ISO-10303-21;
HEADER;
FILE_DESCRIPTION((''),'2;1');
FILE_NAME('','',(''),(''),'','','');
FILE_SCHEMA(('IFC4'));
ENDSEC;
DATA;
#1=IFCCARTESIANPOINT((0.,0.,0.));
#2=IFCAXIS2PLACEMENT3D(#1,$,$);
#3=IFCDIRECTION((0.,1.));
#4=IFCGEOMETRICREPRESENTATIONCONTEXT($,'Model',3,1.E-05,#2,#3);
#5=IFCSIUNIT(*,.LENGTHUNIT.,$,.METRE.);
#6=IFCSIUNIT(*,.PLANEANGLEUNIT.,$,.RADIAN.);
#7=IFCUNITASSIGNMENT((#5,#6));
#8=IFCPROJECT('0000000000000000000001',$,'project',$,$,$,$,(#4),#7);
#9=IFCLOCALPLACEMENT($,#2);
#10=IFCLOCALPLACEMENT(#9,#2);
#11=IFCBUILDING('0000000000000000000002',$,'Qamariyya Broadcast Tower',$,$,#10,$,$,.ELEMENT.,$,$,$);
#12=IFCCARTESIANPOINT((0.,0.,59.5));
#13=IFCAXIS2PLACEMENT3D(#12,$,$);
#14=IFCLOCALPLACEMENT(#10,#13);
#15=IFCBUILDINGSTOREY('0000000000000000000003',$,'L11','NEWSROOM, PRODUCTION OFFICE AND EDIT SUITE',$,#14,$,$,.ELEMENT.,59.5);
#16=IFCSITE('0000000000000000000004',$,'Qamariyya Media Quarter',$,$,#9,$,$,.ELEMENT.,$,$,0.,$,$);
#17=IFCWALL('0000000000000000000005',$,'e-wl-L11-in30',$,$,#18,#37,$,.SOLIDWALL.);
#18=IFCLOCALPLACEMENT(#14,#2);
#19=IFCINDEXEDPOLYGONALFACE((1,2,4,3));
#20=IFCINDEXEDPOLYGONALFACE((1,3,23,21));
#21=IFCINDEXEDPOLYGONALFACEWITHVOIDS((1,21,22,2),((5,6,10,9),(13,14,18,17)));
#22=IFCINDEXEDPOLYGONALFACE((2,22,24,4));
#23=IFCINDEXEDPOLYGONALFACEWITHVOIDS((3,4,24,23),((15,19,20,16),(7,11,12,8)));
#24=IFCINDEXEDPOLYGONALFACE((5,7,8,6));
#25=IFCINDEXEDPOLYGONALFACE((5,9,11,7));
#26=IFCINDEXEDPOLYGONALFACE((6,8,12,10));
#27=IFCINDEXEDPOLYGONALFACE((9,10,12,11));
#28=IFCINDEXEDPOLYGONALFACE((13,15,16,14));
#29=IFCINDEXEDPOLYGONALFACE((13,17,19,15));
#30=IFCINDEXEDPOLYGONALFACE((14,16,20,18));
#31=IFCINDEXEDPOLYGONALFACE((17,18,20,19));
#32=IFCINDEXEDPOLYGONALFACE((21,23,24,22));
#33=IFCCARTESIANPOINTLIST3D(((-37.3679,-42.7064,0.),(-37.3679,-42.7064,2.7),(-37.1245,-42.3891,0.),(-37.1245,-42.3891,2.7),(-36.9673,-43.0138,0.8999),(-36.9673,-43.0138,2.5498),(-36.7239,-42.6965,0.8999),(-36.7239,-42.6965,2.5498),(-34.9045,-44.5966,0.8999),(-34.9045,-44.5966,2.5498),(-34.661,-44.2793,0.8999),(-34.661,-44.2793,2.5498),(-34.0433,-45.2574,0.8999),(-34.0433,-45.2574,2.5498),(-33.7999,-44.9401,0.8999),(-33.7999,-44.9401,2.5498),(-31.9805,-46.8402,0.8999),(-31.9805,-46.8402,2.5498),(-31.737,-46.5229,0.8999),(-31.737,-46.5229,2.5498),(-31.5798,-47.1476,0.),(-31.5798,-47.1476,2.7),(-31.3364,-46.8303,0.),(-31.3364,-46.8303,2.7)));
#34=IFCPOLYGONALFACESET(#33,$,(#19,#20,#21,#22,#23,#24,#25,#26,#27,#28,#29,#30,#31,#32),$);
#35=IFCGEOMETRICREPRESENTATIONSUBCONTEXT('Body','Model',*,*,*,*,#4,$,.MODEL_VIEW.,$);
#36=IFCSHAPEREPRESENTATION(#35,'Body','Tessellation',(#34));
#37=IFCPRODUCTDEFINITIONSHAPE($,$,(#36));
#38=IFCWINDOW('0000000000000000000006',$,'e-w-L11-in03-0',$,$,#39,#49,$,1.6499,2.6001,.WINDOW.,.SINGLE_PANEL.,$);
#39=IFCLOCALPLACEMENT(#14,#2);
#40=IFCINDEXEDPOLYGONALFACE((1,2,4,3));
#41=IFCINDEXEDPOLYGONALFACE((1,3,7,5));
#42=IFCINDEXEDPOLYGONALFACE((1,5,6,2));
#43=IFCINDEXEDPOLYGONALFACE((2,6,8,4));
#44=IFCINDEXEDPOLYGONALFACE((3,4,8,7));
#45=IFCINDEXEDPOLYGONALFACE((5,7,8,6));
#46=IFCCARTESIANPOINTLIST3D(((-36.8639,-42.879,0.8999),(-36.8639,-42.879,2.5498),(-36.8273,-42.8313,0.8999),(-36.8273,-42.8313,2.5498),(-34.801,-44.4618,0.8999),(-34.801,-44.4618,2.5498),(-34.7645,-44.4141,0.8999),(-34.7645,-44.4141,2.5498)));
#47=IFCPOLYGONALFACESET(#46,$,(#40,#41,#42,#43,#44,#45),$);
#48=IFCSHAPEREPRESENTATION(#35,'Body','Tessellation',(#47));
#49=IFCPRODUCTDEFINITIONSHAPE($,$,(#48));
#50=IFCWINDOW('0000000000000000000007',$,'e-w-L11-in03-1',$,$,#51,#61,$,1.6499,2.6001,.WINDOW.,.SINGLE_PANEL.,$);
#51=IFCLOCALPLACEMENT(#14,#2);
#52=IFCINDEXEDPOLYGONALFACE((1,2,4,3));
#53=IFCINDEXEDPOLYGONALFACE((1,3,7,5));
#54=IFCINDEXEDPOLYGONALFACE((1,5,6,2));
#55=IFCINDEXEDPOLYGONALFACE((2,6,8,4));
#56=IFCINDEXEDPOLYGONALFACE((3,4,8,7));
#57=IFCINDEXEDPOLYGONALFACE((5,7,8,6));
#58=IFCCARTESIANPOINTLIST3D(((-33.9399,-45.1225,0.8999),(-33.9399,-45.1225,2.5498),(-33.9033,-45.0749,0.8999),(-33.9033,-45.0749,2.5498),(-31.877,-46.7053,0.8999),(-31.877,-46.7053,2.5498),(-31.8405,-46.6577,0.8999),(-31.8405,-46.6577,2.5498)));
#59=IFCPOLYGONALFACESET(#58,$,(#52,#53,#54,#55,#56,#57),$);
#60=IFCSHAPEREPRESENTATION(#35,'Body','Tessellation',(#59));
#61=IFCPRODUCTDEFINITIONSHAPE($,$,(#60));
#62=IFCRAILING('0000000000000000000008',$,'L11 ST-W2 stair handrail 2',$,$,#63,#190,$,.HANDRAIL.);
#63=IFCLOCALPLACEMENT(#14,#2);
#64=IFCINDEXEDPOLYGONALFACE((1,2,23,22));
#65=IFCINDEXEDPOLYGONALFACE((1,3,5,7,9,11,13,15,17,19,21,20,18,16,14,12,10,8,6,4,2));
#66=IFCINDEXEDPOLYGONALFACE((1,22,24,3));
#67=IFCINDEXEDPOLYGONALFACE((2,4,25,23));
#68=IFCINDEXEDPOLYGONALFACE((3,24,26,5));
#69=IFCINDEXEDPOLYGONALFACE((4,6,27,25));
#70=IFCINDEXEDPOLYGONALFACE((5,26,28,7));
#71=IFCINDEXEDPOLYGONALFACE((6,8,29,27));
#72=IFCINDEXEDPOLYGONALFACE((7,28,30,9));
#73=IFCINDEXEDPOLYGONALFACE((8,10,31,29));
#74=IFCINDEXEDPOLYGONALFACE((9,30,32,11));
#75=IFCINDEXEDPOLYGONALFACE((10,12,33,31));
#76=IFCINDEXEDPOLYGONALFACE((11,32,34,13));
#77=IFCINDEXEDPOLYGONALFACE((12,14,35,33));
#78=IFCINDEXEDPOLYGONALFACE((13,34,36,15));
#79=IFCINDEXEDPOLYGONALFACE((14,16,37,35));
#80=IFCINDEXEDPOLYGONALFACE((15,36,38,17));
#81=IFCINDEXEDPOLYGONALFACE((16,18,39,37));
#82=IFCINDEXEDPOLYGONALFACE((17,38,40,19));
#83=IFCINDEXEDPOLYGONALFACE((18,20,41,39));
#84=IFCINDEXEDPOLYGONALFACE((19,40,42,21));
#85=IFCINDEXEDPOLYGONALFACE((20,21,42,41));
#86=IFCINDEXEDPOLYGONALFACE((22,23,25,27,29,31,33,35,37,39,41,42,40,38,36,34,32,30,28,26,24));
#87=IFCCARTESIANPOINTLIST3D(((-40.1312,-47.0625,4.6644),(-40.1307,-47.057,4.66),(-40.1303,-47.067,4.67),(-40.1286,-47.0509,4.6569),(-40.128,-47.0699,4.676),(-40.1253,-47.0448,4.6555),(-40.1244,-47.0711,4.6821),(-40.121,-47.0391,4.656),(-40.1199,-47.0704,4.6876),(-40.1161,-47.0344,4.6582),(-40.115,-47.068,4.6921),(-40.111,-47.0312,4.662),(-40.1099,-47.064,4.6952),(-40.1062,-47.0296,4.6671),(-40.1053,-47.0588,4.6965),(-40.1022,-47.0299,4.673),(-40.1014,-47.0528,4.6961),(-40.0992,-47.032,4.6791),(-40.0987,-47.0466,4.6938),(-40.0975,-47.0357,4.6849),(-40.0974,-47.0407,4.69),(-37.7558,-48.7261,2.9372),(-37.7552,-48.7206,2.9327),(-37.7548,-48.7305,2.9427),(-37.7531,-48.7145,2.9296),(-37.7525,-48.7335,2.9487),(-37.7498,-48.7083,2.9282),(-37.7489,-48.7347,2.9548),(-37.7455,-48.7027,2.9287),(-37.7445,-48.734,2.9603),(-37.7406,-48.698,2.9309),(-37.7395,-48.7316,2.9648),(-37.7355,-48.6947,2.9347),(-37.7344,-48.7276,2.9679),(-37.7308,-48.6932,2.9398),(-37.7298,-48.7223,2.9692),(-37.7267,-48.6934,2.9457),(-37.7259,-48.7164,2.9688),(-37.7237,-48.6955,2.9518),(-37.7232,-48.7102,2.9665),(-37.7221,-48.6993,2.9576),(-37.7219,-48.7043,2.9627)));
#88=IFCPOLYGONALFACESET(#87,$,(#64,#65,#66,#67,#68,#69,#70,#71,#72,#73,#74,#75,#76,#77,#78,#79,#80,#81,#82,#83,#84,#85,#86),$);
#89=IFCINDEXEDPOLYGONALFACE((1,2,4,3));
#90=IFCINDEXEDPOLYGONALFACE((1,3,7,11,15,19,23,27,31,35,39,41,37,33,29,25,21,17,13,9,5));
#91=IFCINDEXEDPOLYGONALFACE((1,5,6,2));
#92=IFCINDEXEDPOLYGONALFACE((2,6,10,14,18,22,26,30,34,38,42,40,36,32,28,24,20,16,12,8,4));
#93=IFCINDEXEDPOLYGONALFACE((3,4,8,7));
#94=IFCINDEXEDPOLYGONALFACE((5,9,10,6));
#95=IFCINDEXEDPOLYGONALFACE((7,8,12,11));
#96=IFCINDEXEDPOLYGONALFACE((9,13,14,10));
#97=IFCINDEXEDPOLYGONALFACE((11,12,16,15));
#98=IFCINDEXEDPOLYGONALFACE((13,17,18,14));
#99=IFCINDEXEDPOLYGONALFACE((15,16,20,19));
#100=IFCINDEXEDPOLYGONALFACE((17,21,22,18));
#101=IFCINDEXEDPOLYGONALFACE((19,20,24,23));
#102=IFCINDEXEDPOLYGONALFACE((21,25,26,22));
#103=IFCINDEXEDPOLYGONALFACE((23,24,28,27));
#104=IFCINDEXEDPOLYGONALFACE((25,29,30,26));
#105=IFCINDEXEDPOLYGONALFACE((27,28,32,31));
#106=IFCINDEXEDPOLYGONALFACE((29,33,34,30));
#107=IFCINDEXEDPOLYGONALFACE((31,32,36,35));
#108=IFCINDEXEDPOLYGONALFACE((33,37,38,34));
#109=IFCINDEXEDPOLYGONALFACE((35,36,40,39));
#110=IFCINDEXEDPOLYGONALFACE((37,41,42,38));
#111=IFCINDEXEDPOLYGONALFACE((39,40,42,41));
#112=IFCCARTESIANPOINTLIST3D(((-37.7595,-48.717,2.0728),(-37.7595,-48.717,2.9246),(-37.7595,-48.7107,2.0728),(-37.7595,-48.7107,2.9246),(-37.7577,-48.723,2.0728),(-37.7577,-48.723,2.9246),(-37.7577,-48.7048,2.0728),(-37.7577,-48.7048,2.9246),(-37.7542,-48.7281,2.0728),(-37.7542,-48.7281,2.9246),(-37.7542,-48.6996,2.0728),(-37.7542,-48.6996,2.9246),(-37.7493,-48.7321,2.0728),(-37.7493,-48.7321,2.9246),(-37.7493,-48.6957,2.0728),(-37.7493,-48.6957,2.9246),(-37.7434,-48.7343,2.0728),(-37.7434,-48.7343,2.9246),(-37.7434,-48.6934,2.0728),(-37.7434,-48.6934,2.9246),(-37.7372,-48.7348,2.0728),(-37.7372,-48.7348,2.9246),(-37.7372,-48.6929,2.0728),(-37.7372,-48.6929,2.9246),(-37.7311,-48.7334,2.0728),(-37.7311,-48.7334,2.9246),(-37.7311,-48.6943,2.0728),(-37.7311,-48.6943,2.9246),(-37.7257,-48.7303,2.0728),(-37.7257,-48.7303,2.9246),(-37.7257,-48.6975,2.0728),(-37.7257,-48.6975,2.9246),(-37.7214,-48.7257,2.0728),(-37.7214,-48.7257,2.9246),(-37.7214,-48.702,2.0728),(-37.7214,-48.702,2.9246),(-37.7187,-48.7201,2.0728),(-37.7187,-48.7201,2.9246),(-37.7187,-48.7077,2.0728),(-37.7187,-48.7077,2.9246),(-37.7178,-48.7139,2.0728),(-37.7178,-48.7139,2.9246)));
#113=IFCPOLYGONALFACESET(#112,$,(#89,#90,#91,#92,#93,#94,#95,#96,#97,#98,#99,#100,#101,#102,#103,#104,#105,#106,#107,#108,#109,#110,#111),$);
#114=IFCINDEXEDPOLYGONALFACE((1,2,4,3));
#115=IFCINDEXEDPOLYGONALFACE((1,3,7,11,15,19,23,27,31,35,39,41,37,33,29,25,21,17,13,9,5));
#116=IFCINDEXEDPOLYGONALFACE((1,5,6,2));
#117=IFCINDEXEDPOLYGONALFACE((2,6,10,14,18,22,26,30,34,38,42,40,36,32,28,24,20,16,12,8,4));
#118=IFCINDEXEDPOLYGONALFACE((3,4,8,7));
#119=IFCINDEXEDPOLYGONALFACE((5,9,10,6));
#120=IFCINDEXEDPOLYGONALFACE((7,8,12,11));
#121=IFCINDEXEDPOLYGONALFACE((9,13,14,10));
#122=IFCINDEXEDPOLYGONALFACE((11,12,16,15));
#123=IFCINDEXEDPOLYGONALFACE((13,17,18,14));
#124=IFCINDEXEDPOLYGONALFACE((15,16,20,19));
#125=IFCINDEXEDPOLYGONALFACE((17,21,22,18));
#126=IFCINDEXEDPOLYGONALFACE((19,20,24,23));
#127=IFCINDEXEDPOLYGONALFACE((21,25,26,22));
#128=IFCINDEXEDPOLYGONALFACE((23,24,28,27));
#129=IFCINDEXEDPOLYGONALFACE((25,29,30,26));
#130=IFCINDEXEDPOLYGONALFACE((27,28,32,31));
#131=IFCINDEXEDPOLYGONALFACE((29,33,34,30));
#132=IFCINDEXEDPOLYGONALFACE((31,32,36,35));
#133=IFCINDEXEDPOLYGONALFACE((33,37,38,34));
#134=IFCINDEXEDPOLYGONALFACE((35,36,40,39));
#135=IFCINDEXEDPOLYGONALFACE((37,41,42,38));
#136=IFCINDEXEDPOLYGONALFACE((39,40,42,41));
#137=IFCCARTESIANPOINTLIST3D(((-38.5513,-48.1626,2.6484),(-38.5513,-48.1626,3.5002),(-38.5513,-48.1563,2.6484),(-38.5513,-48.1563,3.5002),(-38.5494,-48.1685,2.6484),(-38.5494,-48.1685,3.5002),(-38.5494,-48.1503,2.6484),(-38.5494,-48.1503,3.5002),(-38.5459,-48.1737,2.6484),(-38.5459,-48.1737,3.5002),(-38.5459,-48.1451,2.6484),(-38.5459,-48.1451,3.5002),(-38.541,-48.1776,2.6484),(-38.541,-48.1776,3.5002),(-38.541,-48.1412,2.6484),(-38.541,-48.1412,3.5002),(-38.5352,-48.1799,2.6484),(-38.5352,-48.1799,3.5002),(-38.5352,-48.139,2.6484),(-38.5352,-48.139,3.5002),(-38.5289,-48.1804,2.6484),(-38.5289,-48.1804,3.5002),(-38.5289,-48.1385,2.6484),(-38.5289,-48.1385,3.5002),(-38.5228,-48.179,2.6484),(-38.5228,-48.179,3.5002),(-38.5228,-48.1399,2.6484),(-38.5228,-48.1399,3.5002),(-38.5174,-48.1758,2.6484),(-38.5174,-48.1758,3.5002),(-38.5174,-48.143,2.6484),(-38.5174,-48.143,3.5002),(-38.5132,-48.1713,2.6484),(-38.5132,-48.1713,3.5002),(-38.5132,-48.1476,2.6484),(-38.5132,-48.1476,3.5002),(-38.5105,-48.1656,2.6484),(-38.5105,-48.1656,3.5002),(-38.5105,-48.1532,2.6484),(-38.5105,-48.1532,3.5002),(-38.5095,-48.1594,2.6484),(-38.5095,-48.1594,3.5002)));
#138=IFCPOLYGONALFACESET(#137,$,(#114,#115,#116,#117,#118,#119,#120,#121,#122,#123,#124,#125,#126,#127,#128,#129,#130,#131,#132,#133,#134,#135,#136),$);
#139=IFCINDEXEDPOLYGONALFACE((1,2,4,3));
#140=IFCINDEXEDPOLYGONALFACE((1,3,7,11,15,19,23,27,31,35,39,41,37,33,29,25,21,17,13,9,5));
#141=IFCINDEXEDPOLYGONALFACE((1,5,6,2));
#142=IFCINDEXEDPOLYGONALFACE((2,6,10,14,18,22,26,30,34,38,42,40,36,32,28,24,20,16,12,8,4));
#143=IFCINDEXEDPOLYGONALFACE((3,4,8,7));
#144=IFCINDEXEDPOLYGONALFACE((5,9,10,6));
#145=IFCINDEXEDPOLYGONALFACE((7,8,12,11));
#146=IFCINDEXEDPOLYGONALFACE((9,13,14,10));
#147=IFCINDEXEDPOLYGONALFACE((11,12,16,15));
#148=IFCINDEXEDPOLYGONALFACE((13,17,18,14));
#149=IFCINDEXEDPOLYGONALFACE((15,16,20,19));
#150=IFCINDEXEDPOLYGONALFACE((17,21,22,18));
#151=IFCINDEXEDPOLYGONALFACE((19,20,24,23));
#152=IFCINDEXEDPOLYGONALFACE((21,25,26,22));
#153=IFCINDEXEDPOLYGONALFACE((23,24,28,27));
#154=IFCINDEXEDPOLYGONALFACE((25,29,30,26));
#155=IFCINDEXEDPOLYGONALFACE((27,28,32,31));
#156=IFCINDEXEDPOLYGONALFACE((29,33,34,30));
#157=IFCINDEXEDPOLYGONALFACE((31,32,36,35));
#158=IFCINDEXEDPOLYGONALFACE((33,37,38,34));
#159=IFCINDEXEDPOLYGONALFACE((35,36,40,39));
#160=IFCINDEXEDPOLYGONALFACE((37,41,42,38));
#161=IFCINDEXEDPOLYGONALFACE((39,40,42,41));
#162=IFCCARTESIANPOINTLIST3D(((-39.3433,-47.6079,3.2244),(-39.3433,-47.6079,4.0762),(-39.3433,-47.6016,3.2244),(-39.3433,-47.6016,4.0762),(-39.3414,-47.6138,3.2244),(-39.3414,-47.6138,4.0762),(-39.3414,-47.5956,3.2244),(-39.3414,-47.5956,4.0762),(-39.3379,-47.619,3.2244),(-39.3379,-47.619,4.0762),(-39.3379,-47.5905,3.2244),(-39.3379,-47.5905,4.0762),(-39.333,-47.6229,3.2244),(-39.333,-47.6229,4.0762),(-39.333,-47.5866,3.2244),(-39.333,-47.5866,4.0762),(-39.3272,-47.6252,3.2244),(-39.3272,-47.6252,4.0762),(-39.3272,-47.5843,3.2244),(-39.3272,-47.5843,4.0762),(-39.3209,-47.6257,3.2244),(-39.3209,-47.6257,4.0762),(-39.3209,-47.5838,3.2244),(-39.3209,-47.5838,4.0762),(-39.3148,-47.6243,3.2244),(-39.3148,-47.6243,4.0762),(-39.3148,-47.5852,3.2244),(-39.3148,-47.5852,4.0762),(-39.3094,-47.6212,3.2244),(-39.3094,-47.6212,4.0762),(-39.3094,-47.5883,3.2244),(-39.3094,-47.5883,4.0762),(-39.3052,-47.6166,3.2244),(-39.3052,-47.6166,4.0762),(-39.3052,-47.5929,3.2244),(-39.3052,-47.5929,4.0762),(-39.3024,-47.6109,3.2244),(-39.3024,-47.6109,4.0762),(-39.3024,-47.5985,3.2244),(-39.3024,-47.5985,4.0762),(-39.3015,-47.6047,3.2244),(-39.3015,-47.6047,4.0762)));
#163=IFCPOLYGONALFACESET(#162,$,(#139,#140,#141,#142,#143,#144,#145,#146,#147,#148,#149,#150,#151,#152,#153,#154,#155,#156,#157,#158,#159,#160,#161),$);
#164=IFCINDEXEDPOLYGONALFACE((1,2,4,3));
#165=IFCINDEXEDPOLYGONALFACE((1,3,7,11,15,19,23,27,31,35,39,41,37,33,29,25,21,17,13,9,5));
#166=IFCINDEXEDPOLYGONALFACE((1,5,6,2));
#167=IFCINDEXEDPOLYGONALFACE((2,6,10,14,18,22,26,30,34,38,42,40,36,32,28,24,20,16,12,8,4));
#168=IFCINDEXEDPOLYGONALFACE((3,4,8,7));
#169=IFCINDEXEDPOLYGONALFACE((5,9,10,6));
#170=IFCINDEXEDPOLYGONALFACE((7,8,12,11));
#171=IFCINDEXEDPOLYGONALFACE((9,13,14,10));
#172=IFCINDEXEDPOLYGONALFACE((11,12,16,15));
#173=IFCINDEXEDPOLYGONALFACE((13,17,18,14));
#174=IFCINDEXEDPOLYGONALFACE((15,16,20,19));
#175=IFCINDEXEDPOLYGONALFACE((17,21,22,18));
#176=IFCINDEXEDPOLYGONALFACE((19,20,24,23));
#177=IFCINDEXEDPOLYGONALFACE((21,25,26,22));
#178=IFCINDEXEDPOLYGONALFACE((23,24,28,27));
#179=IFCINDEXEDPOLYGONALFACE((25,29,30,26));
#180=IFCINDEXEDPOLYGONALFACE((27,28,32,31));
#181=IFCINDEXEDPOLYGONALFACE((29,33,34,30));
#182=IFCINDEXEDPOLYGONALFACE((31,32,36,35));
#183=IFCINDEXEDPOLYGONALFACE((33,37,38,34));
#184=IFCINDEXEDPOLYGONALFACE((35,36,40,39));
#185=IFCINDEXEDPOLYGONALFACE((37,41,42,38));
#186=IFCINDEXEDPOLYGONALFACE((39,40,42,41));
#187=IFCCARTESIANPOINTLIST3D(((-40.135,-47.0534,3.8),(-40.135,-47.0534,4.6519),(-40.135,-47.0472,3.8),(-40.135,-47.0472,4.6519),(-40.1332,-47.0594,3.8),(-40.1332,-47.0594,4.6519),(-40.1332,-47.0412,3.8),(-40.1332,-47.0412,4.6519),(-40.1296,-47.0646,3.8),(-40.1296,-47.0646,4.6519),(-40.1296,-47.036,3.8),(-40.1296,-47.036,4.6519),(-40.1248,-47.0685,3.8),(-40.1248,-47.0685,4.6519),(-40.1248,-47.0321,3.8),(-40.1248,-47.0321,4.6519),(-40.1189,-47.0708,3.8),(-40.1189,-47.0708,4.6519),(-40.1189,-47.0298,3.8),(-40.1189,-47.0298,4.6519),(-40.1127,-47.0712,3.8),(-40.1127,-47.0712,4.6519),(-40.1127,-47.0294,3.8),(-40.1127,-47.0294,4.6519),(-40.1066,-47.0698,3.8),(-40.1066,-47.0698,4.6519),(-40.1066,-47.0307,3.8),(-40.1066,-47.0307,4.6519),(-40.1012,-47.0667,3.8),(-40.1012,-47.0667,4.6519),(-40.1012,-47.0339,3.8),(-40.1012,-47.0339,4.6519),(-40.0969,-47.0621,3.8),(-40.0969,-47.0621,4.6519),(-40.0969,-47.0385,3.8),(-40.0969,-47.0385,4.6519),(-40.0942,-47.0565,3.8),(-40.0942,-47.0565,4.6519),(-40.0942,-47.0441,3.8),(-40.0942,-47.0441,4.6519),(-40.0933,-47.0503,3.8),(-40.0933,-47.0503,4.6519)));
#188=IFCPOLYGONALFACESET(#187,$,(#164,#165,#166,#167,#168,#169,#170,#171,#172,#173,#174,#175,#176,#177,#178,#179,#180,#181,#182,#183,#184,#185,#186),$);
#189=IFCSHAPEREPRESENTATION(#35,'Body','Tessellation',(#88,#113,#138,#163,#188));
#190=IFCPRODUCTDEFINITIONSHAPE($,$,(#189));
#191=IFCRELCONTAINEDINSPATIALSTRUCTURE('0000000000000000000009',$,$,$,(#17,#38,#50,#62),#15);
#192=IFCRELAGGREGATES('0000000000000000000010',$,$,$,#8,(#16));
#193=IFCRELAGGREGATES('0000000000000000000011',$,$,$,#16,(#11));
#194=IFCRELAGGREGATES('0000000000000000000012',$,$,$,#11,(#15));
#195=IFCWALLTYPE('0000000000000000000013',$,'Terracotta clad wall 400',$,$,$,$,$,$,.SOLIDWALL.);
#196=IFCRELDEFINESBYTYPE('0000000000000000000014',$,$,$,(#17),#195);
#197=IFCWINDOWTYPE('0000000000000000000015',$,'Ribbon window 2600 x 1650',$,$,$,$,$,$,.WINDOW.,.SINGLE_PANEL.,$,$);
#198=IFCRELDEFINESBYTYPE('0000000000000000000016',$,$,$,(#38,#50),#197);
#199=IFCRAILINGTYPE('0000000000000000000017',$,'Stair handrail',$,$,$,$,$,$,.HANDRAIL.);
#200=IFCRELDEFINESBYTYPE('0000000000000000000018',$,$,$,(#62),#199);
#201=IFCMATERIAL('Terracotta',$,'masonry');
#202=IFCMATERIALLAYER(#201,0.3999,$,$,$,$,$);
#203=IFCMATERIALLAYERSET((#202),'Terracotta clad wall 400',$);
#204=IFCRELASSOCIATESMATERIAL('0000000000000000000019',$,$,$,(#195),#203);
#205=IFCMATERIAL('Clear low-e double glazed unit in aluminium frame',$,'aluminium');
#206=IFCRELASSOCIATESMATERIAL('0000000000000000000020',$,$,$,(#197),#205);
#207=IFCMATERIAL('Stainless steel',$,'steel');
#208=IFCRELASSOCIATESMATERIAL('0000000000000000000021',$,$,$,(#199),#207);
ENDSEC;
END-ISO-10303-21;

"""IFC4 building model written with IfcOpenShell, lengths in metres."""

from ifc_helpers import new_model, si_unit, direction, frame, frame_2d, origin, origin_2d, place, context, subcontext, project, spatial, rectangle, circle, extrude, material, layer, layer_set, type_object, element, fill, save


model = new_model("IFC4")

# Units and contexts
model_context = context("Model", 3, precision=1e-05, world=origin(), true_north=direction((0.0, 1.0)))
body_context = subcontext(model_context, "Body", "Model", "MODEL_VIEW")
ifc_project = project(units=[si_unit("LENGTHUNIT", "METRE"), si_unit("PLANEANGLEUNIT", "RADIAN")], contexts=[model_context])

# Site, building, storey
site_placement = place(None, origin())
site = spatial("IfcSite", under=ifc_project, at=site_placement, Name="Qamariyya Media Quarter", CompositionType="ELEMENT", RefElevation=0.0)
building_placement = place(site_placement, origin())
building = spatial("IfcBuilding", under=site, at=building_placement, Name="Qamariyya Broadcast Tower", CompositionType="ELEMENT")
storey_placement = place(building_placement, frame((0.0, 0.0, 59.5)))
storey = spatial("IfcBuildingStorey", under=building, at=storey_placement, Name="L11", Description="NEWSROOM, PRODUCTION OFFICE AND EDIT SUITE", CompositionType="ELEMENT", Elevation=59.5)

# Wall, openings, windows
ifc_material_1 = material(Name="Terracotta", Category="masonry")
ifc_layer_1 = layer(ifc_material_1, 0.3999)
ifc_layer_set_1 = layer_set([ifc_layer_1], Name="Terracotta clad wall 400")
wall_type = type_object("IfcWallType", Name="Terracotta clad wall 400", PredefinedType="SOLIDWALL", material=ifc_layer_set_1)
ifc_material_2 = material(Name="Clear low-e double glazed unit in aluminium frame", Category="aluminium")
window_type = type_object("IfcWindowType", Name="Ribbon window 2600 x 1650", PartitioningType="SINGLE_PANEL", PredefinedType="WINDOW", material=ifc_material_2)
wall_1_placement = place(storey_placement, frame((-31.458, -46.989, 0.0), z_axis=(0.0, 0.0, 1.0), x_axis=(-0.793366, 0.608745, 0.0)))
wall_1 = element("IfcWall", 1, at=wall_1_placement, inside=storey, type_object=wall_type, Name="e-wl-L11-in30", PredefinedType="SOLIDWALL", context=body_context, shape_type="SweptSolid", body=[
    extrude(rectangle(XDim=7.2957, YDim=0.3999, at=frame_2d((3.6479, 0.0))), origin(), (0.0, 0.0, 1.0), 2.7),
])
opening_1_placement = place(wall_1_placement, frame((4.1907, 0.0, 0.8999)))
opening_1 = element("IfcOpeningElement", 2, at=opening_1_placement, cuts=wall_1, PredefinedType="OPENING", context=body_context, shape_type="SweptSolid", body=[
    extrude(rectangle(XDim=2.6001, YDim=1.6499, at=frame_2d((1.3, 0.825))), frame((0.0, 0.21, 0.0), z_axis=(0.0, -1.0, 0.0), x_axis=(1.0, 0.0, 0.0)), (0.0, 0.0, 1.0), 0.4199),
])
opening_2_placement = place(wall_1_placement, frame((0.5051, 0.0, 0.8999)))
opening_2 = element("IfcOpeningElement", 3, at=opening_2_placement, cuts=wall_1, PredefinedType="OPENING", context=body_context, shape_type="SweptSolid", body=[
    extrude(rectangle(XDim=2.6001, YDim=1.6499, at=frame_2d((1.3, 0.825))), frame((0.0, 0.21, 0.0), z_axis=(0.0, -1.0, 0.0), x_axis=(1.0, 0.0, 0.0)), (0.0, 0.0, 1.0), 0.4199),
])
window_1_placement = place(opening_1_placement, origin())
window_1 = element("IfcWindow", 4, at=window_1_placement, inside=storey, type_object=window_type, Name="e-w-L11-in03-0", OverallHeight=1.6499, OverallWidth=2.6001, PartitioningType="SINGLE_PANEL", PredefinedType="WINDOW", context=body_context, shape_type="SweptSolid", body=[
    extrude(rectangle(XDim=2.6001, YDim=1.6499, at=frame_2d((1.3, 0.825))), frame((0.0, 0.03, 0.0), z_axis=(0.0, -1.0, 0.0), x_axis=(1.0, 0.0, 0.0)), (0.0, 0.0, 1.0), 0.0601),
])
fill(opening_1, window_1)
window_2_placement = place(opening_2_placement, origin())
window_2 = element("IfcWindow", 5, at=window_2_placement, inside=storey, type_object=window_type, Name="e-w-L11-in03-1", OverallHeight=1.6499, OverallWidth=2.6001, PartitioningType="SINGLE_PANEL", PredefinedType="WINDOW", context=body_context, shape_type="SweptSolid", body=[
    extrude(rectangle(XDim=2.6001, YDim=1.6499, at=frame_2d((1.3, 0.825))), frame((0.0, 0.03, 0.0), z_axis=(0.0, -1.0, 0.0), x_axis=(1.0, 0.0, 0.0)), (0.0, 0.0, 1.0), 0.0601),
])
fill(opening_2, window_2)

# Railing
ifc_material_3 = material(Name="Stainless steel", Category="steel")
railing_type = type_object("IfcRailingType", Name="Stair handrail", PredefinedType="HANDRAIL", material=ifc_material_3)
railing_placement = place(storey_placement, frame((-37.7388, -48.7139, 2.0728)))
element("IfcRailing", 6, at=railing_placement, inside=storey, type_object=railing_type, Name="L11 ST-W2 stair handrail 2", PredefinedType="HANDRAIL", context=body_context, shape_type="SweptSolid", body=[
    extrude(circle(Radius=0.0239, at=origin_2d()), frame((0.0, 0.0, 0.876), z_axis=(-0.703745, 0.492838, 0.511716), x_axis=(-0.573632, -0.819113, 0.0)), (0.0, 0.0, 1.0), 3.3755),
    extrude(circle(Radius=0.021, at=origin_2d()), origin(), (0.0, 0.0, 1.0), 0.8518),
    extrude(circle(Radius=0.021, at=origin_2d()), frame((-0.7917, 0.5544, 0.5757)), (0.0, 0.0, 1.0), 0.8518),
    extrude(circle(Radius=0.021, at=origin_2d()), frame((-1.5837, 1.1091, 1.1516)), (0.0, 0.0, 1.0), 0.8518),
    extrude(circle(Radius=0.021, at=origin_2d()), frame((-2.3755, 1.6636, 1.7273)), (0.0, 0.0, 1.0), 0.8518),
])

save(model, "model.ifc")
